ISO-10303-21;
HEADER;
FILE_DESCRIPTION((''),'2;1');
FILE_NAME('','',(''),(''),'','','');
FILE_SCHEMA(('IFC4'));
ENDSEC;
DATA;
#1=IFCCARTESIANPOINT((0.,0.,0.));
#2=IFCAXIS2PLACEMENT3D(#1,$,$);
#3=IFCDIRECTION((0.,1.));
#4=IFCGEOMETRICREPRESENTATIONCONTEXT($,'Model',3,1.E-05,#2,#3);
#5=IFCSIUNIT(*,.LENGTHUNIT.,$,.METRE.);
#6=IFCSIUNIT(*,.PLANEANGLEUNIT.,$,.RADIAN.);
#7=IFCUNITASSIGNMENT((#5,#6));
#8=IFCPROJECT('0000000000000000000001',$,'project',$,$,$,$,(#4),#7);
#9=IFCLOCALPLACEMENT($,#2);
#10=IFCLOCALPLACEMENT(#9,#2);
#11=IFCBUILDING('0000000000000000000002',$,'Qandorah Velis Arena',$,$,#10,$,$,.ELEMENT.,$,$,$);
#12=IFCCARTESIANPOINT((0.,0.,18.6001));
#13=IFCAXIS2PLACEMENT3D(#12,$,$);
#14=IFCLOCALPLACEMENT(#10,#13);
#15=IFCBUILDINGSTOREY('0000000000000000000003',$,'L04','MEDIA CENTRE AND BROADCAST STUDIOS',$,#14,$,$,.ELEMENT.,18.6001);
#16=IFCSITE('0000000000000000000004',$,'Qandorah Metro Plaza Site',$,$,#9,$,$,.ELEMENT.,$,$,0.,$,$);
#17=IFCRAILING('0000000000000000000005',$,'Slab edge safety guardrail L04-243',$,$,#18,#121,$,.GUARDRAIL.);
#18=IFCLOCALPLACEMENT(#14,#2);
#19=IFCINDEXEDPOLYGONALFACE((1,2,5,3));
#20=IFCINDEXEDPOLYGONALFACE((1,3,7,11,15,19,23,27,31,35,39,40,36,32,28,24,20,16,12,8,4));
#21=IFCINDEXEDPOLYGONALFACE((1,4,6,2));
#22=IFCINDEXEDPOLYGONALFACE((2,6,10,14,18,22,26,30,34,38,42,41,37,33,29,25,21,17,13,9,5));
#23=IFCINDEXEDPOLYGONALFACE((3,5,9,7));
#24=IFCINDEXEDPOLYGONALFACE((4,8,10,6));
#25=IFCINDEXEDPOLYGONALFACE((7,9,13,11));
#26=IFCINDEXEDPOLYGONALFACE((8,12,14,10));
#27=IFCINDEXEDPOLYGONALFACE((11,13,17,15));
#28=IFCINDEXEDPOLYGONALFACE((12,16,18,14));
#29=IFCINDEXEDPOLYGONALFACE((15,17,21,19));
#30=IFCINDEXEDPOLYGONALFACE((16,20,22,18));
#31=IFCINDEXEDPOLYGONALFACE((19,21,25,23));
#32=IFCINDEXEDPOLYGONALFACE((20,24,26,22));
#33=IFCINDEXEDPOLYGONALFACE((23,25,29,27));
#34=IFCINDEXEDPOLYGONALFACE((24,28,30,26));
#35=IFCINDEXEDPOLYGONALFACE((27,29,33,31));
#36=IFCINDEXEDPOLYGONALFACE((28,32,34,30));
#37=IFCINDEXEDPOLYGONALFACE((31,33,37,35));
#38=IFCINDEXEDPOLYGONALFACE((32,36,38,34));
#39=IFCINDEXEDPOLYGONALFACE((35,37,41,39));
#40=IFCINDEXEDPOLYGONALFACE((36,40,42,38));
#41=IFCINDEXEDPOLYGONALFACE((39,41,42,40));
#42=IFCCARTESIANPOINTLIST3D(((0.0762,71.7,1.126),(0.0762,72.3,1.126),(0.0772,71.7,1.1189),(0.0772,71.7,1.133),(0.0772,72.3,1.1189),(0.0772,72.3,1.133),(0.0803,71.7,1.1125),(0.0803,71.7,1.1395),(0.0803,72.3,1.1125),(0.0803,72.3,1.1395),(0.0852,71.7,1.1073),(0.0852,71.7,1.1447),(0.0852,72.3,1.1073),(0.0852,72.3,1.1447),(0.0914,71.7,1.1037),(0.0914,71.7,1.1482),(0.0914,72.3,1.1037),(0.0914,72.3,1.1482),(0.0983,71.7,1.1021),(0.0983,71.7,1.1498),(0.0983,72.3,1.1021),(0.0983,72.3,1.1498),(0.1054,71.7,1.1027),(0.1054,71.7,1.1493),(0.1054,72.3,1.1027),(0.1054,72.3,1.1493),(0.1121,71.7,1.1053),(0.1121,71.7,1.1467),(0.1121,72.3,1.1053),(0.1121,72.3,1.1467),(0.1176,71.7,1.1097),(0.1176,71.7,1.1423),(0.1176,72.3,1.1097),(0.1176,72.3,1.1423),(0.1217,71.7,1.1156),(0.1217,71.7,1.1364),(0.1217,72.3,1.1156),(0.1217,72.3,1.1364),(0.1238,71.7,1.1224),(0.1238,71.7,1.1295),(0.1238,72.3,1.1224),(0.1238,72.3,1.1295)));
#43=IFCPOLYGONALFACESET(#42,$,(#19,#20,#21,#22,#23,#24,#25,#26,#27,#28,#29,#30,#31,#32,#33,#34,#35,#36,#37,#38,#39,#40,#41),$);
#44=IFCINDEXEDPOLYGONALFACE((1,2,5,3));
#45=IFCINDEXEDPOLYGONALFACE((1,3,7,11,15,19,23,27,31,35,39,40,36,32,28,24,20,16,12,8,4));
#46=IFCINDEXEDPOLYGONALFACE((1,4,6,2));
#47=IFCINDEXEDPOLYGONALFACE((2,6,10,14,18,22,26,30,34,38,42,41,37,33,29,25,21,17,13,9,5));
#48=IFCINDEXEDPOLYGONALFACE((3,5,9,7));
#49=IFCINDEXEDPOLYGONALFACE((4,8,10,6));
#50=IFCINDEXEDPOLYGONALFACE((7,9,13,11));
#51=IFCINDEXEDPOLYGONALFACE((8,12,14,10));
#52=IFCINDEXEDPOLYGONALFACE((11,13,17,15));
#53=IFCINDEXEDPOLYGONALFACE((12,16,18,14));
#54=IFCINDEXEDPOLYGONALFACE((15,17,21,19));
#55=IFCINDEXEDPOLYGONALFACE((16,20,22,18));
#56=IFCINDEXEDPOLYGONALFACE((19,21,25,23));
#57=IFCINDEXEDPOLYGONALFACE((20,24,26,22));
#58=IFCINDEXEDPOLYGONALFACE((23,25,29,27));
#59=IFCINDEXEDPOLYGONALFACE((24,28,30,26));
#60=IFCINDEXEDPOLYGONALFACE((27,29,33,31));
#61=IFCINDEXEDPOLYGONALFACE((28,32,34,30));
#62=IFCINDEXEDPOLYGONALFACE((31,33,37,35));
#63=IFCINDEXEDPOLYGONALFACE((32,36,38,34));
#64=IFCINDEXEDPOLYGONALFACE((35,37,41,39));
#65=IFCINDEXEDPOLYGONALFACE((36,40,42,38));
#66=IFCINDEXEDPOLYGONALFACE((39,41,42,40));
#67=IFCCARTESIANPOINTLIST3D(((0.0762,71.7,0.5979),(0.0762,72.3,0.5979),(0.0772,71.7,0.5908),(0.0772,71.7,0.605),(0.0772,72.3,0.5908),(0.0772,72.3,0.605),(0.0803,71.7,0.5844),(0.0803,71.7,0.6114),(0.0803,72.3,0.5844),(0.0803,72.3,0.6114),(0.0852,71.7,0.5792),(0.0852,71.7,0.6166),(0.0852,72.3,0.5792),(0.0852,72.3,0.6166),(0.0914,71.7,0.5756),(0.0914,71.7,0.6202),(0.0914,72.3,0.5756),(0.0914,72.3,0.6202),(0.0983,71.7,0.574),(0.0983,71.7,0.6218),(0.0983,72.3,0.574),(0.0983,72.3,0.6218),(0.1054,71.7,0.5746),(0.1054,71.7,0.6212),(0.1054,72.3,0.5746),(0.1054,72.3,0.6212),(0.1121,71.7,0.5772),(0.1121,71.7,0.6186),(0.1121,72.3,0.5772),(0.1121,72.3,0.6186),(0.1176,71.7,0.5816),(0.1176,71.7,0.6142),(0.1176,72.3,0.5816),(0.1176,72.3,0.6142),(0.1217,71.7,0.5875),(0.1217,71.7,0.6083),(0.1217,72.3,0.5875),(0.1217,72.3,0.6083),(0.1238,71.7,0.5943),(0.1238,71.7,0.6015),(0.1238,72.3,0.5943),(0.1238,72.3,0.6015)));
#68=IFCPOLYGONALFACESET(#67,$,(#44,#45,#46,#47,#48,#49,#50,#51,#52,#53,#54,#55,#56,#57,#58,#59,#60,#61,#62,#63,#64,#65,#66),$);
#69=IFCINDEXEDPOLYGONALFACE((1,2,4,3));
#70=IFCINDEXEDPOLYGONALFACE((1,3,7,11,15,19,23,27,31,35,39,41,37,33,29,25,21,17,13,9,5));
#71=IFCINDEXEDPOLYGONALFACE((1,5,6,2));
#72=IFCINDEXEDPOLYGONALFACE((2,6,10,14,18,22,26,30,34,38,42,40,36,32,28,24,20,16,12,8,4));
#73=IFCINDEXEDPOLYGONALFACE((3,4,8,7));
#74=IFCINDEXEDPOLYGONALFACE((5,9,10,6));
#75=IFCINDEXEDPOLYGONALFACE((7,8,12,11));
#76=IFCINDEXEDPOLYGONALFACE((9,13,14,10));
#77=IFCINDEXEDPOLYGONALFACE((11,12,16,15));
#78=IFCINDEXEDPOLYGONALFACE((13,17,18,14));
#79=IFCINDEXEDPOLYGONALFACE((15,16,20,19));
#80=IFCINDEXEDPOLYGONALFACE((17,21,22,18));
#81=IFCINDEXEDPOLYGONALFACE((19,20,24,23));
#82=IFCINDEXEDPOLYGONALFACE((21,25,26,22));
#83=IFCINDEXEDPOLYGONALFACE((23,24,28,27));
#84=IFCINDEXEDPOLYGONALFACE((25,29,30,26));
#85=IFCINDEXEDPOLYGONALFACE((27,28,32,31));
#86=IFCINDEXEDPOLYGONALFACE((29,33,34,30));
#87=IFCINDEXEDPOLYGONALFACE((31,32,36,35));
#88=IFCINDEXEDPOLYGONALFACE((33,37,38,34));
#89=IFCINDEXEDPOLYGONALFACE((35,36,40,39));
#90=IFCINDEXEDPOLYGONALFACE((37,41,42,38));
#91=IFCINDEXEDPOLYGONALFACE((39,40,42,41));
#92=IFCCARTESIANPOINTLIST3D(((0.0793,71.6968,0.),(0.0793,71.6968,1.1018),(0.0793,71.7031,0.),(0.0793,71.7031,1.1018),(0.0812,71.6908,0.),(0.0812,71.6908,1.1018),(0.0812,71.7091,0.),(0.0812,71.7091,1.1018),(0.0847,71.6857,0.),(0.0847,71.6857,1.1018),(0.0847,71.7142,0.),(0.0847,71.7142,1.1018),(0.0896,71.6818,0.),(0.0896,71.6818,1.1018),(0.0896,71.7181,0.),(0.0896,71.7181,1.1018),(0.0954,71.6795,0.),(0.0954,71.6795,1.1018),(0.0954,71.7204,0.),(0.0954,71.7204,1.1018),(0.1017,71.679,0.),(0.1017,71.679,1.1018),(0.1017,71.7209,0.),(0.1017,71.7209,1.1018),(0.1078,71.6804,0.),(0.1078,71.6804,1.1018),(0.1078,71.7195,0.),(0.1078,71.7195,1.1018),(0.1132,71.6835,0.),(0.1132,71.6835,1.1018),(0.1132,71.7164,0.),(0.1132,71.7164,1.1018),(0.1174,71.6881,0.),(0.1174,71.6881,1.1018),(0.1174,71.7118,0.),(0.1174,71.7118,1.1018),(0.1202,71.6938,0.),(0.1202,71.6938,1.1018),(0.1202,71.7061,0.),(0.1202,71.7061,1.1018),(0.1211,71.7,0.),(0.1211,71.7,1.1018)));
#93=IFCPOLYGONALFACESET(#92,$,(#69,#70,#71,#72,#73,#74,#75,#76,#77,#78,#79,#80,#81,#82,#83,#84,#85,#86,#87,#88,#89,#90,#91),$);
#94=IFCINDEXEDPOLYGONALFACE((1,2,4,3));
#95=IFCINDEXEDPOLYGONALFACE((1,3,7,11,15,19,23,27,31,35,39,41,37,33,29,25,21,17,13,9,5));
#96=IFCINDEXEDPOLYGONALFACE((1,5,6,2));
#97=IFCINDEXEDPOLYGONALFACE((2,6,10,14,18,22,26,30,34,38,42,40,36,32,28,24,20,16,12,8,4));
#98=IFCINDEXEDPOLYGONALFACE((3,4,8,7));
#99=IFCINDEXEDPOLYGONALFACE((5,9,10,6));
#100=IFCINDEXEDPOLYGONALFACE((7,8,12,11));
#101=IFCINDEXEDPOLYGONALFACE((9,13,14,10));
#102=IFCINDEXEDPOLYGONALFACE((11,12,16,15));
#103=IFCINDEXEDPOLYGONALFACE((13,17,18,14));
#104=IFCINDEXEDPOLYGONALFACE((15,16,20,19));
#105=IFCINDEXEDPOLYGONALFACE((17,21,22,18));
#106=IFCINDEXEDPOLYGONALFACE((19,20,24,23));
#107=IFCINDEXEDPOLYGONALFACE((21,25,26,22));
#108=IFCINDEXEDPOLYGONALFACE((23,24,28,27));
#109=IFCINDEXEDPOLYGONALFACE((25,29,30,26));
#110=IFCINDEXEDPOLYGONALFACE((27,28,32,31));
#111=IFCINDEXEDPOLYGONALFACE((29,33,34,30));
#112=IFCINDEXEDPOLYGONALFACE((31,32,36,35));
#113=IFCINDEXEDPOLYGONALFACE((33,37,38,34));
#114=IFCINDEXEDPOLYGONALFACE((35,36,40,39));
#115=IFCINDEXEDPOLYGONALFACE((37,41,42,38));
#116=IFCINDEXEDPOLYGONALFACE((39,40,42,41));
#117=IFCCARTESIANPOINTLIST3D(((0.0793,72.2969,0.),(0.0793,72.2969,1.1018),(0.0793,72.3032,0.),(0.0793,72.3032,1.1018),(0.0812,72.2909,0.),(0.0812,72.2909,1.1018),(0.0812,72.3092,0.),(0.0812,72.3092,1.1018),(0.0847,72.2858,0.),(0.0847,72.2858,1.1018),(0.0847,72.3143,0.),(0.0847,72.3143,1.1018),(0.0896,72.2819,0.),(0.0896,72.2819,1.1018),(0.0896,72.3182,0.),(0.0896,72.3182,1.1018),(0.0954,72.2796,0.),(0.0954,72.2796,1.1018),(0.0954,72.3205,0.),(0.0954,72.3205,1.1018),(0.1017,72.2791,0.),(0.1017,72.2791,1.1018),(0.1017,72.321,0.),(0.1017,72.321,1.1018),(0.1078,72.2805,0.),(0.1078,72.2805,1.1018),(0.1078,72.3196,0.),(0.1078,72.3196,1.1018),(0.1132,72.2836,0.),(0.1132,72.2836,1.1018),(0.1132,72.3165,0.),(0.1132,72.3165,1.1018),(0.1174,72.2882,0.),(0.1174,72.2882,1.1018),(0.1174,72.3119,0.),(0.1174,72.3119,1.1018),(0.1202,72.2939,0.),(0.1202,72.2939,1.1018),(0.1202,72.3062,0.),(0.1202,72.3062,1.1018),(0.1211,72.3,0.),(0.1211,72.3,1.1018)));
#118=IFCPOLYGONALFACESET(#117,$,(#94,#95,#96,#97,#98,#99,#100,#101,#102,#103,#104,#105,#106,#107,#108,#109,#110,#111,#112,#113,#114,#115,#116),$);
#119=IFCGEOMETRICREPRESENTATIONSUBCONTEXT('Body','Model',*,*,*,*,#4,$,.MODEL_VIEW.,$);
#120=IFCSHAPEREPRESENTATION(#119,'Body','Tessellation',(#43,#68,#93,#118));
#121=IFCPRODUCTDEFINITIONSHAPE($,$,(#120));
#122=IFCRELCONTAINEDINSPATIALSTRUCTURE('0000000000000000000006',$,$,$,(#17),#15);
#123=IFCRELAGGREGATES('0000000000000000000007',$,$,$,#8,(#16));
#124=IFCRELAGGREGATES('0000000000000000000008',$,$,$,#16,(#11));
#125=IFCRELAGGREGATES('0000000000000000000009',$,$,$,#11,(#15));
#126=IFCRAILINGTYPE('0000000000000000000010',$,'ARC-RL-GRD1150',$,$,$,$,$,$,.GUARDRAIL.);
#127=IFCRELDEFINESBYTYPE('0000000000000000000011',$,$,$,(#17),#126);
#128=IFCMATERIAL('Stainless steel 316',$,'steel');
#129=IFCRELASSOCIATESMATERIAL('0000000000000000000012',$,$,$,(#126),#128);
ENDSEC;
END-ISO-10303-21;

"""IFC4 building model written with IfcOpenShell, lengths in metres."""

from ifc_helpers import new_model, si_unit, direction, frame, origin, origin_2d, place, context, subcontext, project, spatial, circle, extrude, material, type_object, element, save


model = new_model("IFC4")

# Units and contexts
model_context = context("Model", 3, precision=1e-05, world=origin(), true_north=direction((0.0, 1.0)))
body_context = subcontext(model_context, "Body", "Model", "MODEL_VIEW")
ifc_project = project(units=[si_unit("LENGTHUNIT", "METRE"), si_unit("PLANEANGLEUNIT", "RADIAN")], contexts=[model_context])

# Site, building, storey
site_placement = place(None, origin())
site = spatial("IfcSite", under=ifc_project, at=site_placement, Name="Qandorah Metro Plaza Site", CompositionType="ELEMENT", RefElevation=0.0)
building_placement = place(site_placement, origin())
building = spatial("IfcBuilding", under=site, at=building_placement, Name="Qandorah Velis Arena", CompositionType="ELEMENT")
storey_placement = place(building_placement, frame((0.0, 0.0, 18.6001)))
storey = spatial("IfcBuildingStorey", under=building, at=storey_placement, Name="L04", Description="MEDIA CENTRE AND BROADCAST STUDIOS", CompositionType="ELEMENT", Elevation=18.6001)

# Railing
ifc_material_1 = material(Name="Stainless steel 316", Category="steel")
railing_type = type_object("IfcRailingType", Name="ARC-RL-GRD1150", PredefinedType="GUARDRAIL", material=ifc_material_1)
for number, where, name in (
    (1, (0.1001, 71.7, 0.0), "Slab edge safety guardrail L04-243"),
):
    element("IfcRailing", number, at=place(storey_placement, frame(where)), inside=storey, type_object=railing_type, Name=name, PredefinedType="GUARDRAIL", context=body_context, shape_type="SweptSolid", body=[
        extrude(circle(Radius=0.0239, at=origin_2d()), frame((0.0, 0.0, 1.126), z_axis=(0.0, 1.0, 0.0), x_axis=(-1.0, 0.0, 0.0)), (0.0, 0.0, 1.0), 0.6001),
        extrude(circle(Radius=0.0239, at=origin_2d()), frame((0.0, 0.0, 0.5979), z_axis=(0.0, 1.0, 0.0), x_axis=(-1.0, 0.0, 0.0)), (0.0, 0.0, 1.0), 0.6001),
        extrude(circle(Radius=0.021, at=origin_2d()), origin(), (0.0, 0.0, 1.0), 1.1018),
        extrude(circle(Radius=0.021, at=origin_2d()), frame((0.0, 0.6001, 0.0)), (0.0, 0.0, 1.0), 1.1018),
    ])

save(model, "model.ifc")
